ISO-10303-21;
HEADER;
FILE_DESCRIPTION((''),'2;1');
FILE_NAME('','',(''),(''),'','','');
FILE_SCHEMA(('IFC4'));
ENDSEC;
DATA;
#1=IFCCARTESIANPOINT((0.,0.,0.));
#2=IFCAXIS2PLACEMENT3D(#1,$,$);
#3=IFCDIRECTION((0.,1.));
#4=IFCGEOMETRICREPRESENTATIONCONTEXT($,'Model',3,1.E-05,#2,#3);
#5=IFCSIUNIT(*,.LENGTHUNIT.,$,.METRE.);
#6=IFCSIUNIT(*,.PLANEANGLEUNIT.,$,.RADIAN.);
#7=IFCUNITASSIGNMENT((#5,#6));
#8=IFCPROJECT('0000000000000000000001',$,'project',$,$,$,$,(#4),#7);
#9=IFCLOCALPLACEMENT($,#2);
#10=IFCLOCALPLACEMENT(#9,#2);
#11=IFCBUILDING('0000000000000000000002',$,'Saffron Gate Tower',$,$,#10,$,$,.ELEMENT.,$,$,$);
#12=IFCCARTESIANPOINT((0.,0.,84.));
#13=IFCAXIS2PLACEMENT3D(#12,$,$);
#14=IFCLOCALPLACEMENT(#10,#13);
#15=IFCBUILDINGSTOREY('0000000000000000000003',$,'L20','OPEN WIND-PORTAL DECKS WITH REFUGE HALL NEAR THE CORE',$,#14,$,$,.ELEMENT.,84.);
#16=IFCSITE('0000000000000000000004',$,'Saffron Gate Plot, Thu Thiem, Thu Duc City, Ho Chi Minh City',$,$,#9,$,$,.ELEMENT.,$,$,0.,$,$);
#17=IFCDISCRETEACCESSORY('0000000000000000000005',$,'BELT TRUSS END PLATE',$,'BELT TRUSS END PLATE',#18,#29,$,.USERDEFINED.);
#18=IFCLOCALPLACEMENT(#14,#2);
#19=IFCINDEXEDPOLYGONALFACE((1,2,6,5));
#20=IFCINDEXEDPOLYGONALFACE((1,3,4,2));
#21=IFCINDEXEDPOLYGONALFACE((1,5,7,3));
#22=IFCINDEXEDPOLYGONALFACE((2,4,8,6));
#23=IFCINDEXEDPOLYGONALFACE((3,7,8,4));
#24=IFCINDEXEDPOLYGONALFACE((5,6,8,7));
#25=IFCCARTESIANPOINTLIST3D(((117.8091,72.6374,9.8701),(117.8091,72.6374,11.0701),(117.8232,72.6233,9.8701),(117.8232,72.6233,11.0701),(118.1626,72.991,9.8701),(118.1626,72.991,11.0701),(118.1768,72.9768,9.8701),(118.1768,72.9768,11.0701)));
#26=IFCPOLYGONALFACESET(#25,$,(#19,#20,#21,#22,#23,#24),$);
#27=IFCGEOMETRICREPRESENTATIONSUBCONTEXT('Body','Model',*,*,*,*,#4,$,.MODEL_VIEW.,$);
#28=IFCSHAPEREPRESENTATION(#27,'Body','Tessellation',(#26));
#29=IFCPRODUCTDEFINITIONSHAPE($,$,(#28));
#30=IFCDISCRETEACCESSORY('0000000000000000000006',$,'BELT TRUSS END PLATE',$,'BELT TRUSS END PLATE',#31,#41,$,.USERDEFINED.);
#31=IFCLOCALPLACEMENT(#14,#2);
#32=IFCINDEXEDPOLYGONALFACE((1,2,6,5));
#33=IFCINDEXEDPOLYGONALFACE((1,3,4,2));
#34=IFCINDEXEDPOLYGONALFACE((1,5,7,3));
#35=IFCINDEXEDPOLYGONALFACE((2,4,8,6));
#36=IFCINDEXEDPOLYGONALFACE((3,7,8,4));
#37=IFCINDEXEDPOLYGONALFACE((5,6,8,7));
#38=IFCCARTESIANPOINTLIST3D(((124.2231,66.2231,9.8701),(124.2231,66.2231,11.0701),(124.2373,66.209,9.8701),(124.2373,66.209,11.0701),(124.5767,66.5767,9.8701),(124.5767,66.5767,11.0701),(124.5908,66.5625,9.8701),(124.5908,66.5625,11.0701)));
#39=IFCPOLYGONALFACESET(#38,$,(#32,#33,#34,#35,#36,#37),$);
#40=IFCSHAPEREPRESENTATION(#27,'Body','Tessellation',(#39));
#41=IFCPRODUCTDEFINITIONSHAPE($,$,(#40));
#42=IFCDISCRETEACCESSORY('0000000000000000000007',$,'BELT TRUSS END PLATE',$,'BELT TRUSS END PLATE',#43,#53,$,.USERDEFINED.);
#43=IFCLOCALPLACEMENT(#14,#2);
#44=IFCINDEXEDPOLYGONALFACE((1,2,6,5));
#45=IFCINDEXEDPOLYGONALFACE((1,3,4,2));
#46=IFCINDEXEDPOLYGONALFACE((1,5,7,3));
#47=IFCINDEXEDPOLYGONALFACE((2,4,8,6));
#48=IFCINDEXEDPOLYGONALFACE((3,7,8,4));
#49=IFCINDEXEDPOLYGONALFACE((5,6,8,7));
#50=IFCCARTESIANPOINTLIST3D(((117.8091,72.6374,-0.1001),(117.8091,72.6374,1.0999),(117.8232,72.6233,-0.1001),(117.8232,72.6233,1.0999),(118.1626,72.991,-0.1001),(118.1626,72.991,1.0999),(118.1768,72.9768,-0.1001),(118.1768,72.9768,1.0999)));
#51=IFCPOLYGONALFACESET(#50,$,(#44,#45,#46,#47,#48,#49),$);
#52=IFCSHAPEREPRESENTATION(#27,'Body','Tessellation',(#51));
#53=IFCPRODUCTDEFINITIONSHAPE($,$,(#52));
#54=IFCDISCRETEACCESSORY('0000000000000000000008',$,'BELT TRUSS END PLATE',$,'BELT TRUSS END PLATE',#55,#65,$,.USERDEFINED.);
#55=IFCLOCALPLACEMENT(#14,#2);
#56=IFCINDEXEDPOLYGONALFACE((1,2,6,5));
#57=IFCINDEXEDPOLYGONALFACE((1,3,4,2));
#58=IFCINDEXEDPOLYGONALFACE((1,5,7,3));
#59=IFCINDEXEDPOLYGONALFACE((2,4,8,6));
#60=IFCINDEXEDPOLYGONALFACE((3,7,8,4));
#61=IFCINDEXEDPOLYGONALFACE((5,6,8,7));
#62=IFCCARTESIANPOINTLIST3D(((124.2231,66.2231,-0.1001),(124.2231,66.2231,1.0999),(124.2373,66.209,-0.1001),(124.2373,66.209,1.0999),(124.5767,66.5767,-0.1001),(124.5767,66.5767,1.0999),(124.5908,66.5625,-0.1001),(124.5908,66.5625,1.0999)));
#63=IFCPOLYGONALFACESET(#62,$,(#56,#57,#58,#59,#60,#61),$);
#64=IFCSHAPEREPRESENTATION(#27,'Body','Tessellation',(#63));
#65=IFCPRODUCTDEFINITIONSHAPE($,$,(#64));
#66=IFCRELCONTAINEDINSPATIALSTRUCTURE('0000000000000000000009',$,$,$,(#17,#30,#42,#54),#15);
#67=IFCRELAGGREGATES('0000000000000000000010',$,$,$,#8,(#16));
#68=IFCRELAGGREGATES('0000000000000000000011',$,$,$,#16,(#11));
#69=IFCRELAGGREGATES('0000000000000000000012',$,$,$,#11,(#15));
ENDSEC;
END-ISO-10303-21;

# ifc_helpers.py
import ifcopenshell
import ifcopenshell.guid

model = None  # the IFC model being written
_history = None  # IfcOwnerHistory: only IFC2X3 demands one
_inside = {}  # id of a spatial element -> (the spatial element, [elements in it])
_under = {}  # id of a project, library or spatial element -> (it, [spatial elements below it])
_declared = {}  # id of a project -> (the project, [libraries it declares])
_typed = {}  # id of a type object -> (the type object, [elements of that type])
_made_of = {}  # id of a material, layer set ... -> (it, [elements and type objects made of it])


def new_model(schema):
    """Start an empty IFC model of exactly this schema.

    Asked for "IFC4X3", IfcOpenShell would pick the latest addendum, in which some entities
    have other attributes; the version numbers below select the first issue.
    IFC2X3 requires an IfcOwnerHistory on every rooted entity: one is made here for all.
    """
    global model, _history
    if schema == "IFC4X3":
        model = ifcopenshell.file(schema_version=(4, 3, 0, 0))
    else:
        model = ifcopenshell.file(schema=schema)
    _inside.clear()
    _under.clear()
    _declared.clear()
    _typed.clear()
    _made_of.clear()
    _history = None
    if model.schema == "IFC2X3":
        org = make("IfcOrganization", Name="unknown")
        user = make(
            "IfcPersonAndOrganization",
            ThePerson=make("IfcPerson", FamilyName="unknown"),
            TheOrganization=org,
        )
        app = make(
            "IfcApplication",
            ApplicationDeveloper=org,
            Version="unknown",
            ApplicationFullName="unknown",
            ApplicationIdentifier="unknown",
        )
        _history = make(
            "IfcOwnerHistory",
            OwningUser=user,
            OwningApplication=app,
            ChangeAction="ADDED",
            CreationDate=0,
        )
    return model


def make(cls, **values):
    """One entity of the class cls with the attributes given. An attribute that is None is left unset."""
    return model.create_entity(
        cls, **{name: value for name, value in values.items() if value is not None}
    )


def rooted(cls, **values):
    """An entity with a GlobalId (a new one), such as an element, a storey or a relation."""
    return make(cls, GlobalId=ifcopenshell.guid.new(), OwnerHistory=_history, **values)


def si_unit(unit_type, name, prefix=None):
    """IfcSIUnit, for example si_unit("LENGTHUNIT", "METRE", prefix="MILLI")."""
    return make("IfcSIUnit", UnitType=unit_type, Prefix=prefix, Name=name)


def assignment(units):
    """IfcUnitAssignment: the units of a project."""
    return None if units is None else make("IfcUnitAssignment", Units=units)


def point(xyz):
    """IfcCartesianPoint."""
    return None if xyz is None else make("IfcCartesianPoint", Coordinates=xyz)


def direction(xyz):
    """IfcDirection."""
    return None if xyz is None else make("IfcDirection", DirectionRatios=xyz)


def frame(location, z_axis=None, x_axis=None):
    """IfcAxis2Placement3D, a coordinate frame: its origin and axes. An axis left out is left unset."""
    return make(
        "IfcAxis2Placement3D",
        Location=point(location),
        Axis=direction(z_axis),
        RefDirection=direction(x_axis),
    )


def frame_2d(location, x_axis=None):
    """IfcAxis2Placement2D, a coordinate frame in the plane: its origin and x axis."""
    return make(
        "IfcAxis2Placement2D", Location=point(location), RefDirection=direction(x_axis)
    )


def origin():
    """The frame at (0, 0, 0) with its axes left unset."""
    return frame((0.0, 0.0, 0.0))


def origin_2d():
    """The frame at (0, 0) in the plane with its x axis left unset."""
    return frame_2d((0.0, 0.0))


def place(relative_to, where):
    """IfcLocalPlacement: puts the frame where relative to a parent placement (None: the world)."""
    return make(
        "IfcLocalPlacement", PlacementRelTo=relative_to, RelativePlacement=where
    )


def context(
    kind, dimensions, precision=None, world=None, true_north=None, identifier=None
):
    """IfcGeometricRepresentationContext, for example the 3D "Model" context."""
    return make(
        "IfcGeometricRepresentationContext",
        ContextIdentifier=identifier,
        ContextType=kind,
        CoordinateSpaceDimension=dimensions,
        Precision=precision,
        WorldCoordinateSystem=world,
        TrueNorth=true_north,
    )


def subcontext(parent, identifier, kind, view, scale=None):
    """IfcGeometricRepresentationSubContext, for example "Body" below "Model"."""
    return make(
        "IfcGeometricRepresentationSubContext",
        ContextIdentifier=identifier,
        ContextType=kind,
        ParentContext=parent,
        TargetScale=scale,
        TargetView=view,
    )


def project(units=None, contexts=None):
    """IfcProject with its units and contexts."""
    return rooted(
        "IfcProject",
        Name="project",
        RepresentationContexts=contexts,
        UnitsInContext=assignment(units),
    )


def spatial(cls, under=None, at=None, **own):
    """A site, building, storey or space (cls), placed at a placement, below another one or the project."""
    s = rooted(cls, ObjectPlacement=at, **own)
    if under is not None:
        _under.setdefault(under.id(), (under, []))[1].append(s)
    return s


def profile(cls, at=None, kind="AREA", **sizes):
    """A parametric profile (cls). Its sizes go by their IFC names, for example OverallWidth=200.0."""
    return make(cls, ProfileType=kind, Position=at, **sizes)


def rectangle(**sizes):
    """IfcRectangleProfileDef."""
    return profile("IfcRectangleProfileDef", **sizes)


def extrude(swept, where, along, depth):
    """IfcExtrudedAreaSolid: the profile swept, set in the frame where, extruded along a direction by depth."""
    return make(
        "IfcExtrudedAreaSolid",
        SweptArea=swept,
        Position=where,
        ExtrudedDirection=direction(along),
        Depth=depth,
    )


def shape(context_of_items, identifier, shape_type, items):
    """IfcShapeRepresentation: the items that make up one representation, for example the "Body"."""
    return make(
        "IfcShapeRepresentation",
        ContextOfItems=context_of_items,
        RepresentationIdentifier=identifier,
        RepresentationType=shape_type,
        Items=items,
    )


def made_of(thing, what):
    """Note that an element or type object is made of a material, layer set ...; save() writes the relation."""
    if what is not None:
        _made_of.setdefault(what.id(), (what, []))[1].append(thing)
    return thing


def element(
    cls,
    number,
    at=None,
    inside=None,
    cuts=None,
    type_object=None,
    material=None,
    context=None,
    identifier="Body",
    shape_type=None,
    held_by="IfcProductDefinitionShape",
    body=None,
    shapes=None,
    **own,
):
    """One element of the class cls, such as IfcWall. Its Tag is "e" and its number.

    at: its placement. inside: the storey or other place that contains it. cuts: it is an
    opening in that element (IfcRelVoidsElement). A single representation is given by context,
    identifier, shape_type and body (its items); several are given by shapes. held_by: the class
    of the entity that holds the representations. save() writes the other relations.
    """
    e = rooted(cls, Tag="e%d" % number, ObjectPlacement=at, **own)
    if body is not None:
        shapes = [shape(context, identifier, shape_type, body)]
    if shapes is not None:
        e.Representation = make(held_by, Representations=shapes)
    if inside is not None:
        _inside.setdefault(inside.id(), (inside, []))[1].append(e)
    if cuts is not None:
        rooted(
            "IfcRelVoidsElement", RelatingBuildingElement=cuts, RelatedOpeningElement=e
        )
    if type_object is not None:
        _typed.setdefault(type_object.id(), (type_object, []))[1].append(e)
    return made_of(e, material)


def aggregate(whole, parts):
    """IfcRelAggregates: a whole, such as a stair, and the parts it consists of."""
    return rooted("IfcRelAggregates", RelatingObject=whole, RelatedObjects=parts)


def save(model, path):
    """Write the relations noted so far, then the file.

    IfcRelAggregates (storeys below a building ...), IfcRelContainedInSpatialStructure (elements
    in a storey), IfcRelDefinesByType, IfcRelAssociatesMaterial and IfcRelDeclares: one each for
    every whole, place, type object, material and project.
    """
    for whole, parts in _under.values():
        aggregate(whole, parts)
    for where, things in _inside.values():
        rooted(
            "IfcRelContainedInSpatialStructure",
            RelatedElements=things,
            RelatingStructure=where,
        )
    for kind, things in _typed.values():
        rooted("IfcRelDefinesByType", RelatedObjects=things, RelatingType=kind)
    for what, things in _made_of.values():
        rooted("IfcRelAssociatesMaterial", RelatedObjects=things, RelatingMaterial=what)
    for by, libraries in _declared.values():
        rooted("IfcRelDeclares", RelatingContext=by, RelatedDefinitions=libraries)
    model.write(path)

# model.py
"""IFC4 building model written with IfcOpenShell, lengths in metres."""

from ifc_helpers import new_model, si_unit, direction, frame, origin, origin_2d, place, context, subcontext, project, spatial, rectangle, extrude, element, save


model = new_model("IFC4")

# Units and contexts
model_context = context("Model", 3, precision=1e-05, world=origin(), true_north=direction((0.0, 1.0)))
body_context = subcontext(model_context, "Body", "Model", "MODEL_VIEW")
ifc_project = project(units=[si_unit("LENGTHUNIT", "METRE"), si_unit("PLANEANGLEUNIT", "RADIAN")], contexts=[model_context])

# Site, building, storey
site_placement = place(None, origin())
site = spatial("IfcSite", under=ifc_project, at=site_placement, Name="Saffron Gate Plot, Thu Thiem, Thu Duc City, Ho Chi Minh City", CompositionType="ELEMENT", RefElevation=0.0)
building_placement = place(site_placement, origin())
building = spatial("IfcBuilding", under=site, at=building_placement, Name="Saffron Gate Tower", CompositionType="ELEMENT")
storey_placement = place(building_placement, frame((0.0, 0.0, 84.0)))
storey = spatial("IfcBuildingStorey", under=building, at=storey_placement, Name="L20", Description="OPEN WIND-PORTAL DECKS WITH REFUGE HALL NEAR THE CORE", CompositionType="ELEMENT", Elevation=84.0)

# Discrete accessories
for number, where, z_axis, x_axis, name in (
    (1, (117.9929, 72.8071, 9.8701), (0.0, 0.0, 1.0), (-0.707107, 0.707107, 0.0), "BELT TRUSS END PLATE"),
    (2, (124.407, 66.3928, 9.8701), (0.0, 0.0, 1.0), (0.707107, -0.707107, 0.0), "BELT TRUSS END PLATE"),
    (3, (117.9929, 72.8071, -0.1001), (0.0, 0.0, 1.0), (-0.707107, 0.707107, 0.0), "BELT TRUSS END PLATE"),
    (4, (124.407, 66.3928, -0.1001), (0.0, 0.0, 1.0), (0.707107, -0.707107, 0.0), "BELT TRUSS END PLATE"),
):
    element("IfcDiscreteAccessory", number, at=place(storey_placement, frame(where, z_axis=z_axis, x_axis=x_axis)), inside=storey, Name=name, ObjectType="BELT TRUSS END PLATE", PredefinedType="USERDEFINED", context=body_context, shape_type="SweptSolid", body=[
        extrude(rectangle(XDim=0.02, YDim=0.5, at=origin_2d()), origin(), (0.0, 0.0, 1.0), 1.2),
    ])

save(model, "model.ifc")
